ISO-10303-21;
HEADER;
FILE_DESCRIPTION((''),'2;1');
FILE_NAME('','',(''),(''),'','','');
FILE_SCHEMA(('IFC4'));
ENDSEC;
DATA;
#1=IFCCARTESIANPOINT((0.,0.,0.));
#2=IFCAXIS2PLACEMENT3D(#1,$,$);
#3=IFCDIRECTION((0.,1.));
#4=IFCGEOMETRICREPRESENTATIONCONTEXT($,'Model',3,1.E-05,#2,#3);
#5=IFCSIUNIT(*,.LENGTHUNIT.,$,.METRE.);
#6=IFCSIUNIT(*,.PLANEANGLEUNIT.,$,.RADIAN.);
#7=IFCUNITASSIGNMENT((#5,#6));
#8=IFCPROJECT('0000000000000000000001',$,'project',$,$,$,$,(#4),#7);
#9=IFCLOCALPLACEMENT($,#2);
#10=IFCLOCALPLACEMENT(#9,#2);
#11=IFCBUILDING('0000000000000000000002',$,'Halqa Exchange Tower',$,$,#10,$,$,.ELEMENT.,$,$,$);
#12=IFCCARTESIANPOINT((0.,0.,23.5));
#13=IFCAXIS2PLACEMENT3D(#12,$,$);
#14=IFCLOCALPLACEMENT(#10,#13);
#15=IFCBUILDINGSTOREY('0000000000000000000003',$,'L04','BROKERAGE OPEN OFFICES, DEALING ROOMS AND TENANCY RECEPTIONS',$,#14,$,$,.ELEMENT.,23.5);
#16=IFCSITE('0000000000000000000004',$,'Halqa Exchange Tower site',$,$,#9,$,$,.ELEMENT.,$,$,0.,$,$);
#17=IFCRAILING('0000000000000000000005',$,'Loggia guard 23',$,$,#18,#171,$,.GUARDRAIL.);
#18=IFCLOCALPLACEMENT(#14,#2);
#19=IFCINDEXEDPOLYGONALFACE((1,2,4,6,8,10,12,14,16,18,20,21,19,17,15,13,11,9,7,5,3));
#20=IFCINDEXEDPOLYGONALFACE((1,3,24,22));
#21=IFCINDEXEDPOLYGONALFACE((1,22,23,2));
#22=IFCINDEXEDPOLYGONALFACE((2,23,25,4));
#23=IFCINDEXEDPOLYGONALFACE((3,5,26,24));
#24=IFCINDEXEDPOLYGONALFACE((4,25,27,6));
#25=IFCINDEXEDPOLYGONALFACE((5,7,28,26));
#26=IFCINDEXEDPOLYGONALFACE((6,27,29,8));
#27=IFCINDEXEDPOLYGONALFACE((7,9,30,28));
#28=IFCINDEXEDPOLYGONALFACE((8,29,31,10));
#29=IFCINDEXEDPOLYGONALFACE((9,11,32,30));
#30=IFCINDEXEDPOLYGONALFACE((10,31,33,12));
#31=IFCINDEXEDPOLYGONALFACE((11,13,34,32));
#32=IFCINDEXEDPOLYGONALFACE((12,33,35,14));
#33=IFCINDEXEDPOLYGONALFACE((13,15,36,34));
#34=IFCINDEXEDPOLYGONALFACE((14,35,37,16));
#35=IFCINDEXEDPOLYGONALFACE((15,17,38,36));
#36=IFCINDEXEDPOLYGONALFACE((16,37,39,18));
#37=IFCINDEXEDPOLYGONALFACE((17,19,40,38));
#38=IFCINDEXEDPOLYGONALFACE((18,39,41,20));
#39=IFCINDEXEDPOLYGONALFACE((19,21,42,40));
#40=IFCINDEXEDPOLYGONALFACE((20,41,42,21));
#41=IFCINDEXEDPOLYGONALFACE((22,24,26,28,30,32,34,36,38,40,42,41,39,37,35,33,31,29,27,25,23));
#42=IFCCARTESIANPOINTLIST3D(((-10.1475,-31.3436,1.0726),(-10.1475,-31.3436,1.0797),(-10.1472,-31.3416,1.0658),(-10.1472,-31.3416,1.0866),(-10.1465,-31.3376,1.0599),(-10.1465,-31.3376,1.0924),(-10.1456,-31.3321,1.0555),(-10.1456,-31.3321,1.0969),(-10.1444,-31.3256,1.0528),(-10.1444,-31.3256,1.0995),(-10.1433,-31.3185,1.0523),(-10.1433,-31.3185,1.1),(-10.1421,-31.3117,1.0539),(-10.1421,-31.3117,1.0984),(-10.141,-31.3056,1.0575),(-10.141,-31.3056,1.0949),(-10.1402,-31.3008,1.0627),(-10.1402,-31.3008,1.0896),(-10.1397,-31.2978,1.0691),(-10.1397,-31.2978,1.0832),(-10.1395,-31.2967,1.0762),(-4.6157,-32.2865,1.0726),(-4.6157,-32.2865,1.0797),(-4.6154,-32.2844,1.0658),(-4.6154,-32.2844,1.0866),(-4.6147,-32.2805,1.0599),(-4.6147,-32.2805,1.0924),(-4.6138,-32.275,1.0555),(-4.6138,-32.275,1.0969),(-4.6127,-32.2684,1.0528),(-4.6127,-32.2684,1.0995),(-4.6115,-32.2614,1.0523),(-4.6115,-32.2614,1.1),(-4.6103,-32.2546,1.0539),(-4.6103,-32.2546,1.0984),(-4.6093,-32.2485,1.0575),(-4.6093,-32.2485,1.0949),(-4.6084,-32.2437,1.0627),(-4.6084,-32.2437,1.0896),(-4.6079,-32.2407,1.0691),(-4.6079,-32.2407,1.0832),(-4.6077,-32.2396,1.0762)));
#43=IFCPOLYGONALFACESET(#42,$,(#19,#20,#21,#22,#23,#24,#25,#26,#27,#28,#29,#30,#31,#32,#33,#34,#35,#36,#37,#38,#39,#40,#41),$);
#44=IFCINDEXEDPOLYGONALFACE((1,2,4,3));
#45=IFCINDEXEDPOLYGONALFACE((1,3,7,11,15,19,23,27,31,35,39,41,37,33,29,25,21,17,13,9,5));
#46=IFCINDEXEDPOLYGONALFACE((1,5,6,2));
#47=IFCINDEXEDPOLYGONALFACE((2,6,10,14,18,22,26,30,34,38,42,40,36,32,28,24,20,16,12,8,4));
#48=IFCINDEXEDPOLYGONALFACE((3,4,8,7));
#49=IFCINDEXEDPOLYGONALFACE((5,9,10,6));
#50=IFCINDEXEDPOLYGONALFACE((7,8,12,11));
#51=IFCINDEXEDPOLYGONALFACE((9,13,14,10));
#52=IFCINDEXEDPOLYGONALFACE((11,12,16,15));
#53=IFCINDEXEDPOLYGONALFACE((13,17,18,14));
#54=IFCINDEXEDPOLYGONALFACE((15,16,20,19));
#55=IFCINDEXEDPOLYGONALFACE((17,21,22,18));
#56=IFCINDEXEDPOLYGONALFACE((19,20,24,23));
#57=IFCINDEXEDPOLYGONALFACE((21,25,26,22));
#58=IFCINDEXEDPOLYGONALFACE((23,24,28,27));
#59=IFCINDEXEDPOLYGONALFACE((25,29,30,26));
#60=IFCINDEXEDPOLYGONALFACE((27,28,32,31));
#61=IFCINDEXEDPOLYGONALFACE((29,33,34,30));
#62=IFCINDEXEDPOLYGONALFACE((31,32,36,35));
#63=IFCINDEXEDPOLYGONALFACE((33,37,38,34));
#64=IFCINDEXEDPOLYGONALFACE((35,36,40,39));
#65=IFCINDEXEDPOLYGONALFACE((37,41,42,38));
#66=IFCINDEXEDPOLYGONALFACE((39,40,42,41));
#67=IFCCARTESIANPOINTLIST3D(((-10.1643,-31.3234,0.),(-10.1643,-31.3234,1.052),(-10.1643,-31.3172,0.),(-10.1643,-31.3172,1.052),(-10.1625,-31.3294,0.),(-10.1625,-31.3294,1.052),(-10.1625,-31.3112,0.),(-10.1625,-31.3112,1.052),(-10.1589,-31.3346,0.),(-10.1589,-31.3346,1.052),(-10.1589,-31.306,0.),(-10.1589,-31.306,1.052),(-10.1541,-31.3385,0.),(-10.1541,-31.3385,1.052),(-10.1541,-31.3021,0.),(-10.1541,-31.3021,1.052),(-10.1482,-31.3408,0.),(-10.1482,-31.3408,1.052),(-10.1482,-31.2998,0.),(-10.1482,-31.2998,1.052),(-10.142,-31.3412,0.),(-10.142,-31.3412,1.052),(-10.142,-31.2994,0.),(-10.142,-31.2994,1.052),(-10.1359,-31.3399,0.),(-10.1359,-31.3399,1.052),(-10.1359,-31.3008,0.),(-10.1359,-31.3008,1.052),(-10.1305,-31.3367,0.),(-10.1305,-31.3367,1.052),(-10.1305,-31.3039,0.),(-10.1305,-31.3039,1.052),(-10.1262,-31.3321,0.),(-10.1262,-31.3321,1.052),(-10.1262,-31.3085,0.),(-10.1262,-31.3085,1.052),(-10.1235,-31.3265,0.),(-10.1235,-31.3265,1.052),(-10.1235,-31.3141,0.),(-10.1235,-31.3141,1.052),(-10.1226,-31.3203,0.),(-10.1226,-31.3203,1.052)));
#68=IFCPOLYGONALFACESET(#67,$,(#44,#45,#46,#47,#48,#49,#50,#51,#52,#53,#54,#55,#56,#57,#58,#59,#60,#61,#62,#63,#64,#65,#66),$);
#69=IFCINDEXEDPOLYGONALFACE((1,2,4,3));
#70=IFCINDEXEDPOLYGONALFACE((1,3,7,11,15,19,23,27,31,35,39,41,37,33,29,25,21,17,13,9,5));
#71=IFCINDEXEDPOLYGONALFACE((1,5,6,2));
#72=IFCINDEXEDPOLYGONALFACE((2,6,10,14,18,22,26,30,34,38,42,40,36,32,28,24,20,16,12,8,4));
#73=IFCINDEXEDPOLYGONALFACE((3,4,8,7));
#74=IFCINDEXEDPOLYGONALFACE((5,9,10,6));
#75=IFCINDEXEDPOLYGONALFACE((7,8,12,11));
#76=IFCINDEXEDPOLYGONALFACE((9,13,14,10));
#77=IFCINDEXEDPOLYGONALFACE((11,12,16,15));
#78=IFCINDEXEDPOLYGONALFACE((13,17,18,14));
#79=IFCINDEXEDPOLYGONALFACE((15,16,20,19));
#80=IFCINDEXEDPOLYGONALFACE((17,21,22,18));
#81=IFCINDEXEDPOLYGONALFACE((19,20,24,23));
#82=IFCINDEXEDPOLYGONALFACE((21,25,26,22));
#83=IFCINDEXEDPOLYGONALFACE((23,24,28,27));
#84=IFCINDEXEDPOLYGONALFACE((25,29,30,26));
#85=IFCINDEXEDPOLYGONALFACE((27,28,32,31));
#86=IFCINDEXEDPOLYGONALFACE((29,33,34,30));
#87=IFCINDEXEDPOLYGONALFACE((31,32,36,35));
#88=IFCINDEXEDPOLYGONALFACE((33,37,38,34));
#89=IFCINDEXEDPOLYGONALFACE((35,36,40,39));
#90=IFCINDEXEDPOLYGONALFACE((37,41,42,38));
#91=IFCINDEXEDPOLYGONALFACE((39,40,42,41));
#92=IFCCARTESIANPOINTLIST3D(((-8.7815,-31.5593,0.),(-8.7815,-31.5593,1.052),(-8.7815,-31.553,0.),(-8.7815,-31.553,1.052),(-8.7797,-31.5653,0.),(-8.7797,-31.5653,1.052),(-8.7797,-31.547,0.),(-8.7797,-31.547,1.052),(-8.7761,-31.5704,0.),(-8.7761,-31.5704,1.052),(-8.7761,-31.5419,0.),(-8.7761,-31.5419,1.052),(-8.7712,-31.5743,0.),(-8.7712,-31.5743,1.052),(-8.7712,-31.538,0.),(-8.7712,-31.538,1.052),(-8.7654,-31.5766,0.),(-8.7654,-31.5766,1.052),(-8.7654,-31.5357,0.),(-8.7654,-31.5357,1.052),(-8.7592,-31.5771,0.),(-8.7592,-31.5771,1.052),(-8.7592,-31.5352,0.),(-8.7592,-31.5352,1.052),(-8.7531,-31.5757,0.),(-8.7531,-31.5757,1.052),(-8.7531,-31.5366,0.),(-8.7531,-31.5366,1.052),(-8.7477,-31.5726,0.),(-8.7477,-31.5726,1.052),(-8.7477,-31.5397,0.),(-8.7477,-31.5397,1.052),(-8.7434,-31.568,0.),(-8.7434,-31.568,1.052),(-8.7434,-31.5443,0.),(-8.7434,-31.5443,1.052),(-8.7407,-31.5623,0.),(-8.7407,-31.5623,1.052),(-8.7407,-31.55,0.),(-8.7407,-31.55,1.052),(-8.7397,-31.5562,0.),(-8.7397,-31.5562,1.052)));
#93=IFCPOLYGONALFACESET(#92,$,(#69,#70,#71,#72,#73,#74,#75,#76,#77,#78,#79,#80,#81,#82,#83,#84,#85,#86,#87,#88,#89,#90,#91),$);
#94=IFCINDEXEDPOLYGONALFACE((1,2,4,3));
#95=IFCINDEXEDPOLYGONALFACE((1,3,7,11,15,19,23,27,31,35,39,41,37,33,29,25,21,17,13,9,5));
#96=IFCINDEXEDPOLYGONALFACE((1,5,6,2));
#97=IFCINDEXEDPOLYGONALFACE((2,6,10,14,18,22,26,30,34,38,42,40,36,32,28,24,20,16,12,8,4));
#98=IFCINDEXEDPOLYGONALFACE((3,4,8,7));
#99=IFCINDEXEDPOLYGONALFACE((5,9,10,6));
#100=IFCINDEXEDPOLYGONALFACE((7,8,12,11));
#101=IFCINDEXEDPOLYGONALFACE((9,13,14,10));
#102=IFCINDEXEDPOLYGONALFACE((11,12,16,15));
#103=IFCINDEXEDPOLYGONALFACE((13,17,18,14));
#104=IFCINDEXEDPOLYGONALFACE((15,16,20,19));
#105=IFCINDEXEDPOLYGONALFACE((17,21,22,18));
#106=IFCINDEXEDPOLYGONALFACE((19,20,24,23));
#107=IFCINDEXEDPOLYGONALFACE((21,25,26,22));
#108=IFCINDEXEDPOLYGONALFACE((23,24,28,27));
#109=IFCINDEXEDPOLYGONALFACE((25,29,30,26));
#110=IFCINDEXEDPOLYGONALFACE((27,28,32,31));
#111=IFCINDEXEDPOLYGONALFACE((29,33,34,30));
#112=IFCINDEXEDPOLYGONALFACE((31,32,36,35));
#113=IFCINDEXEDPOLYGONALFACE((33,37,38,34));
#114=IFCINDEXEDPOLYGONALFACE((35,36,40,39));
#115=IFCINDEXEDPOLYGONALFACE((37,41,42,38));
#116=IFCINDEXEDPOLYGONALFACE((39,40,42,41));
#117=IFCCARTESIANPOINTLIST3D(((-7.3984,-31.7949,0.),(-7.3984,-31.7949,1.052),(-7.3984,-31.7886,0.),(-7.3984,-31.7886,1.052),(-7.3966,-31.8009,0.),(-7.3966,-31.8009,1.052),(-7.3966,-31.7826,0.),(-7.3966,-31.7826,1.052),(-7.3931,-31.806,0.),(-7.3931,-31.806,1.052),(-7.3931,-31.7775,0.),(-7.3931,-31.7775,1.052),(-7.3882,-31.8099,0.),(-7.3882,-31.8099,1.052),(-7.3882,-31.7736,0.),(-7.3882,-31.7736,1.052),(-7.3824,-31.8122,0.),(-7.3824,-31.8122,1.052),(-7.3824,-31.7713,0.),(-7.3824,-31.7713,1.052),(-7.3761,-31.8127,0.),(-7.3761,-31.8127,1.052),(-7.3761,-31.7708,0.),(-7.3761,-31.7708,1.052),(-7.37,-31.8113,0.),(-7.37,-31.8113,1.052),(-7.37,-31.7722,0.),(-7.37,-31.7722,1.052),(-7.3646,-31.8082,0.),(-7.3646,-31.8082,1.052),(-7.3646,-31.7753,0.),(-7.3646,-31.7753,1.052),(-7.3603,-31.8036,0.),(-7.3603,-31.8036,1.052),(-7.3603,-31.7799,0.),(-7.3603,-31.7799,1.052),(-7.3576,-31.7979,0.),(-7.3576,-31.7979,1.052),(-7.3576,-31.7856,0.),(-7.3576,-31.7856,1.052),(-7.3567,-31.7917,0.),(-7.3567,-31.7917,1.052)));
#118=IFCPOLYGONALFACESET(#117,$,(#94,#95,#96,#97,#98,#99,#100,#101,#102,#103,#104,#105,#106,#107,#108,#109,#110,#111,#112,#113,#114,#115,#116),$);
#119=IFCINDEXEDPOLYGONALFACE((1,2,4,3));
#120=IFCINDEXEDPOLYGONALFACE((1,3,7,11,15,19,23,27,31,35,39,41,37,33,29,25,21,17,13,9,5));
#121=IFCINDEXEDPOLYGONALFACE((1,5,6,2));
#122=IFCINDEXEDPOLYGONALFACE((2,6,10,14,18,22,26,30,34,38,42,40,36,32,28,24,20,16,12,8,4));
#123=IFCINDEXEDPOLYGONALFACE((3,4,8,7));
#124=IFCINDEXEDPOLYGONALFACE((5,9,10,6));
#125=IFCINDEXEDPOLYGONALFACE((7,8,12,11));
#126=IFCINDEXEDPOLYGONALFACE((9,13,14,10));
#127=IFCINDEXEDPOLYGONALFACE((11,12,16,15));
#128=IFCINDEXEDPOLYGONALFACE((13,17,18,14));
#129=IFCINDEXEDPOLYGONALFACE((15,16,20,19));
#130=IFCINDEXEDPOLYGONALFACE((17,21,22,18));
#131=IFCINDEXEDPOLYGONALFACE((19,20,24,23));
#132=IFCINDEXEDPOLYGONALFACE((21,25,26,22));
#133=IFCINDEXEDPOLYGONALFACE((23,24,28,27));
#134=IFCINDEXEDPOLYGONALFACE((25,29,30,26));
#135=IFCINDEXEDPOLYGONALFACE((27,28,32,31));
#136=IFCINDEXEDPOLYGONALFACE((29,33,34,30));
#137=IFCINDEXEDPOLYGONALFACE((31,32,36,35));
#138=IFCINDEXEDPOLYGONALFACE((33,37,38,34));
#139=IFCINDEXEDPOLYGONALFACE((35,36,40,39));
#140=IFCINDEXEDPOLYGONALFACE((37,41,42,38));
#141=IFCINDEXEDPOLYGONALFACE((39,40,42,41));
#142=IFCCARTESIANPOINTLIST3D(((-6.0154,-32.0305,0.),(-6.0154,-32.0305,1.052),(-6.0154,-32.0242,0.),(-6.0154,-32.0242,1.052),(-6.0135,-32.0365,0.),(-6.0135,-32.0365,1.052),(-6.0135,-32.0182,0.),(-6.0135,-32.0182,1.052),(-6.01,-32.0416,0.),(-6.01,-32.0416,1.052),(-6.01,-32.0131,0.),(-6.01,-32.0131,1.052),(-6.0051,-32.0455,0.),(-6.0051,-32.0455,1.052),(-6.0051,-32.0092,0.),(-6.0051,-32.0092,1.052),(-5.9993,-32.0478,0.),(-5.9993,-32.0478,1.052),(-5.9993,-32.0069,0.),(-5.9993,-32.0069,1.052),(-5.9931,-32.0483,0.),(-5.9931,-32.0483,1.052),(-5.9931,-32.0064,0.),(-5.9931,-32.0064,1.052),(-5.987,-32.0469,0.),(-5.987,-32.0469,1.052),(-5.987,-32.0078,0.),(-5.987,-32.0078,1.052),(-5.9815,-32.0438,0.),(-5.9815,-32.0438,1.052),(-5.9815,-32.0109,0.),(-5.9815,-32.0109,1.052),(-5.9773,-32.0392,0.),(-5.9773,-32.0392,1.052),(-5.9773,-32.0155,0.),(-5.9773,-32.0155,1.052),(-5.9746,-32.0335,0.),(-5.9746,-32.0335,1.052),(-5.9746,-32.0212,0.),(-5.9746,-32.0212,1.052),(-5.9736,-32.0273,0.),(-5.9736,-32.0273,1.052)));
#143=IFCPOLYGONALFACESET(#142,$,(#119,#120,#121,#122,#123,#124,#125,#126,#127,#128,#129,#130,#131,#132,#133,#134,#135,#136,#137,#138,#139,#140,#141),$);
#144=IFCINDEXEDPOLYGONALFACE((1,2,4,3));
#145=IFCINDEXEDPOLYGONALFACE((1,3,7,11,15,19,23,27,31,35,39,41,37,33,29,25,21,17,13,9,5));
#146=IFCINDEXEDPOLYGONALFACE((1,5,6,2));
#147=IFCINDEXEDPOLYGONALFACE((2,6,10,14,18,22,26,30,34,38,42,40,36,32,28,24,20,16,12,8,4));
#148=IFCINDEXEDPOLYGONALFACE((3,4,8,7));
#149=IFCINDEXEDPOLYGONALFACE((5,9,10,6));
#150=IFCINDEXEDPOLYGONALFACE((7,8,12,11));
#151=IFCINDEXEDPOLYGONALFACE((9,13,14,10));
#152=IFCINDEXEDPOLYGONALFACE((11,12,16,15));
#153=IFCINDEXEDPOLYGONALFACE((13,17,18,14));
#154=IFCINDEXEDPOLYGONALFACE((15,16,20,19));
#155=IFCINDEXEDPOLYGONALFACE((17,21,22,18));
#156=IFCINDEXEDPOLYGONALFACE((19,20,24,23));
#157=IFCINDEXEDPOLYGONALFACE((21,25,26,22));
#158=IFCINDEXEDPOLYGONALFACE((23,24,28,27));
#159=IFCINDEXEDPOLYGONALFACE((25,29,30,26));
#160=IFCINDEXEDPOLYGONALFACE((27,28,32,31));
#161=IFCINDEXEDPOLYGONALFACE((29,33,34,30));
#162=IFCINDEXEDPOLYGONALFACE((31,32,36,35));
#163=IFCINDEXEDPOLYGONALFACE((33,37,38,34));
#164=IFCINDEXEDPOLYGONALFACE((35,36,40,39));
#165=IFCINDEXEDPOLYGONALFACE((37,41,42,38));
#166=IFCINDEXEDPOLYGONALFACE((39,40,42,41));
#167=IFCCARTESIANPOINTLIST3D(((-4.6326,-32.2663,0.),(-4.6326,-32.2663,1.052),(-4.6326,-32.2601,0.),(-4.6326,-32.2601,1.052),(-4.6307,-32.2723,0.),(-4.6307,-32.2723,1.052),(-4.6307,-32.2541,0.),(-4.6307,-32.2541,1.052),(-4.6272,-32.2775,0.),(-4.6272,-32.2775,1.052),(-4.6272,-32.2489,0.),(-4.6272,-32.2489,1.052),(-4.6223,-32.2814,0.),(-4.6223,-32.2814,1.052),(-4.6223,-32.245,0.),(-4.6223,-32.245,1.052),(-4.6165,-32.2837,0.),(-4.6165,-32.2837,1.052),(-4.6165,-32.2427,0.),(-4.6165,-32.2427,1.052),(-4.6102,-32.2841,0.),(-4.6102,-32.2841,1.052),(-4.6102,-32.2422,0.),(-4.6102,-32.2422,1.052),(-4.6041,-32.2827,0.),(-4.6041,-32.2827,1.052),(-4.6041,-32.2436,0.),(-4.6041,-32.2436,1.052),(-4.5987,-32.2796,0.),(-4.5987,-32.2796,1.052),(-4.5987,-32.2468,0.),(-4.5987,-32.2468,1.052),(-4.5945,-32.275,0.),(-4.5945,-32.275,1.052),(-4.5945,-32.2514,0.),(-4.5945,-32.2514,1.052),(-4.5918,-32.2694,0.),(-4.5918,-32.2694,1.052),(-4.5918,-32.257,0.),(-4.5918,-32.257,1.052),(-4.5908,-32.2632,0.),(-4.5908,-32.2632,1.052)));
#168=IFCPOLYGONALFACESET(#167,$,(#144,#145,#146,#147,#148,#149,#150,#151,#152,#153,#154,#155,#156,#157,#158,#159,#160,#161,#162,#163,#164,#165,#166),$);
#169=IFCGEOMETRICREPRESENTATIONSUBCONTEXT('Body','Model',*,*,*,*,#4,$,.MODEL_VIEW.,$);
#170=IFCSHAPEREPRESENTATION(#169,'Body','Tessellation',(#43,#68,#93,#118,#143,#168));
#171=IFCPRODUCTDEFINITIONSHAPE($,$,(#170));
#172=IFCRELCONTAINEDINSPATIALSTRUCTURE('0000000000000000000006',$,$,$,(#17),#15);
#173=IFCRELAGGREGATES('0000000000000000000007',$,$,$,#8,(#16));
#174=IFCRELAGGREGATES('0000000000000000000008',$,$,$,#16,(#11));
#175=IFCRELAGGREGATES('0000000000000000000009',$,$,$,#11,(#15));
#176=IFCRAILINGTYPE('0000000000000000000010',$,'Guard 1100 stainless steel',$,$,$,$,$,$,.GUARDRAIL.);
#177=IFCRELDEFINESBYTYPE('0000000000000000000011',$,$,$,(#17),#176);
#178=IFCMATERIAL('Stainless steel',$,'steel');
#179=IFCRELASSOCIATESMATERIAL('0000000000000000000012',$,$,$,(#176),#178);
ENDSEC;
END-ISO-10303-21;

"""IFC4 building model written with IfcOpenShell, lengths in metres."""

from ifc_helpers import new_model, si_unit, direction, frame, origin, origin_2d, place, context, subcontext, project, spatial, circle, extrude, material, type_object, element, save


model = new_model("IFC4")

# Units and contexts
model_context = context("Model", 3, precision=1e-05, world=origin(), true_north=direction((0.0, 1.0)))
body_context = subcontext(model_context, "Body", "Model", "MODEL_VIEW")
ifc_project = project(units=[si_unit("LENGTHUNIT", "METRE"), si_unit("PLANEANGLEUNIT", "RADIAN")], contexts=[model_context])

# Site, building, storey
site_placement = place(None, origin())
site = spatial("IfcSite", under=ifc_project, at=site_placement, Name="Halqa Exchange Tower site", CompositionType="ELEMENT", RefElevation=0.0)
building_placement = place(site_placement, origin())
building = spatial("IfcBuilding", under=site, at=building_placement, Name="Halqa Exchange Tower", CompositionType="ELEMENT")
storey_placement = place(building_placement, frame((0.0, 0.0, 23.5)))
storey = spatial("IfcBuildingStorey", under=building, at=storey_placement, Name="L04", Description="BROKERAGE OPEN OFFICES, DEALING ROOMS AND TENANCY RECEPTIONS", CompositionType="ELEMENT", Elevation=23.5)

# Railing
ifc_material_1 = material(Name="Stainless steel", Category="steel")
railing_type = type_object("IfcRailingType", Name="Guard 1100 stainless steel", PredefinedType="GUARDRAIL", material=ifc_material_1)
railing_1_placement = place(storey_placement, frame((-10.1436, -31.3203, 0.0)))
element("IfcRailing", 1, at=railing_1_placement, inside=storey, type_object=railing_type, Name="Loggia guard 23", PredefinedType="GUARDRAIL", context=body_context, shape_type="SweptSolid", body=[
    extrude(circle(Radius=0.0239, at=origin_2d()), frame((0.0, 0.0, 1.0762), z_axis=(0.985783, -0.168024, 0.0), x_axis=(0.168024, 0.985783, 0.0)), (0.0, 0.0, 1.0), 5.6116),
    extrude(circle(Radius=0.021, at=origin_2d()), origin(), (0.0, 0.0, 1.0), 1.052),
    extrude(circle(Radius=0.021, at=origin_2d()), frame((1.3828, -0.2358, 0.0)), (0.0, 0.0, 1.0), 1.052),
    extrude(circle(Radius=0.021, at=origin_2d()), frame((2.7659, -0.4714, 0.0)), (0.0, 0.0, 1.0), 1.052),
    extrude(circle(Radius=0.021, at=origin_2d()), frame((4.1489, -0.707, 0.0)), (0.0, 0.0, 1.0), 1.052),
    extrude(circle(Radius=0.021, at=origin_2d()), frame((5.5317, -0.9429, 0.0)), (0.0, 0.0, 1.0), 1.052),
])

save(model, "model.ifc")
